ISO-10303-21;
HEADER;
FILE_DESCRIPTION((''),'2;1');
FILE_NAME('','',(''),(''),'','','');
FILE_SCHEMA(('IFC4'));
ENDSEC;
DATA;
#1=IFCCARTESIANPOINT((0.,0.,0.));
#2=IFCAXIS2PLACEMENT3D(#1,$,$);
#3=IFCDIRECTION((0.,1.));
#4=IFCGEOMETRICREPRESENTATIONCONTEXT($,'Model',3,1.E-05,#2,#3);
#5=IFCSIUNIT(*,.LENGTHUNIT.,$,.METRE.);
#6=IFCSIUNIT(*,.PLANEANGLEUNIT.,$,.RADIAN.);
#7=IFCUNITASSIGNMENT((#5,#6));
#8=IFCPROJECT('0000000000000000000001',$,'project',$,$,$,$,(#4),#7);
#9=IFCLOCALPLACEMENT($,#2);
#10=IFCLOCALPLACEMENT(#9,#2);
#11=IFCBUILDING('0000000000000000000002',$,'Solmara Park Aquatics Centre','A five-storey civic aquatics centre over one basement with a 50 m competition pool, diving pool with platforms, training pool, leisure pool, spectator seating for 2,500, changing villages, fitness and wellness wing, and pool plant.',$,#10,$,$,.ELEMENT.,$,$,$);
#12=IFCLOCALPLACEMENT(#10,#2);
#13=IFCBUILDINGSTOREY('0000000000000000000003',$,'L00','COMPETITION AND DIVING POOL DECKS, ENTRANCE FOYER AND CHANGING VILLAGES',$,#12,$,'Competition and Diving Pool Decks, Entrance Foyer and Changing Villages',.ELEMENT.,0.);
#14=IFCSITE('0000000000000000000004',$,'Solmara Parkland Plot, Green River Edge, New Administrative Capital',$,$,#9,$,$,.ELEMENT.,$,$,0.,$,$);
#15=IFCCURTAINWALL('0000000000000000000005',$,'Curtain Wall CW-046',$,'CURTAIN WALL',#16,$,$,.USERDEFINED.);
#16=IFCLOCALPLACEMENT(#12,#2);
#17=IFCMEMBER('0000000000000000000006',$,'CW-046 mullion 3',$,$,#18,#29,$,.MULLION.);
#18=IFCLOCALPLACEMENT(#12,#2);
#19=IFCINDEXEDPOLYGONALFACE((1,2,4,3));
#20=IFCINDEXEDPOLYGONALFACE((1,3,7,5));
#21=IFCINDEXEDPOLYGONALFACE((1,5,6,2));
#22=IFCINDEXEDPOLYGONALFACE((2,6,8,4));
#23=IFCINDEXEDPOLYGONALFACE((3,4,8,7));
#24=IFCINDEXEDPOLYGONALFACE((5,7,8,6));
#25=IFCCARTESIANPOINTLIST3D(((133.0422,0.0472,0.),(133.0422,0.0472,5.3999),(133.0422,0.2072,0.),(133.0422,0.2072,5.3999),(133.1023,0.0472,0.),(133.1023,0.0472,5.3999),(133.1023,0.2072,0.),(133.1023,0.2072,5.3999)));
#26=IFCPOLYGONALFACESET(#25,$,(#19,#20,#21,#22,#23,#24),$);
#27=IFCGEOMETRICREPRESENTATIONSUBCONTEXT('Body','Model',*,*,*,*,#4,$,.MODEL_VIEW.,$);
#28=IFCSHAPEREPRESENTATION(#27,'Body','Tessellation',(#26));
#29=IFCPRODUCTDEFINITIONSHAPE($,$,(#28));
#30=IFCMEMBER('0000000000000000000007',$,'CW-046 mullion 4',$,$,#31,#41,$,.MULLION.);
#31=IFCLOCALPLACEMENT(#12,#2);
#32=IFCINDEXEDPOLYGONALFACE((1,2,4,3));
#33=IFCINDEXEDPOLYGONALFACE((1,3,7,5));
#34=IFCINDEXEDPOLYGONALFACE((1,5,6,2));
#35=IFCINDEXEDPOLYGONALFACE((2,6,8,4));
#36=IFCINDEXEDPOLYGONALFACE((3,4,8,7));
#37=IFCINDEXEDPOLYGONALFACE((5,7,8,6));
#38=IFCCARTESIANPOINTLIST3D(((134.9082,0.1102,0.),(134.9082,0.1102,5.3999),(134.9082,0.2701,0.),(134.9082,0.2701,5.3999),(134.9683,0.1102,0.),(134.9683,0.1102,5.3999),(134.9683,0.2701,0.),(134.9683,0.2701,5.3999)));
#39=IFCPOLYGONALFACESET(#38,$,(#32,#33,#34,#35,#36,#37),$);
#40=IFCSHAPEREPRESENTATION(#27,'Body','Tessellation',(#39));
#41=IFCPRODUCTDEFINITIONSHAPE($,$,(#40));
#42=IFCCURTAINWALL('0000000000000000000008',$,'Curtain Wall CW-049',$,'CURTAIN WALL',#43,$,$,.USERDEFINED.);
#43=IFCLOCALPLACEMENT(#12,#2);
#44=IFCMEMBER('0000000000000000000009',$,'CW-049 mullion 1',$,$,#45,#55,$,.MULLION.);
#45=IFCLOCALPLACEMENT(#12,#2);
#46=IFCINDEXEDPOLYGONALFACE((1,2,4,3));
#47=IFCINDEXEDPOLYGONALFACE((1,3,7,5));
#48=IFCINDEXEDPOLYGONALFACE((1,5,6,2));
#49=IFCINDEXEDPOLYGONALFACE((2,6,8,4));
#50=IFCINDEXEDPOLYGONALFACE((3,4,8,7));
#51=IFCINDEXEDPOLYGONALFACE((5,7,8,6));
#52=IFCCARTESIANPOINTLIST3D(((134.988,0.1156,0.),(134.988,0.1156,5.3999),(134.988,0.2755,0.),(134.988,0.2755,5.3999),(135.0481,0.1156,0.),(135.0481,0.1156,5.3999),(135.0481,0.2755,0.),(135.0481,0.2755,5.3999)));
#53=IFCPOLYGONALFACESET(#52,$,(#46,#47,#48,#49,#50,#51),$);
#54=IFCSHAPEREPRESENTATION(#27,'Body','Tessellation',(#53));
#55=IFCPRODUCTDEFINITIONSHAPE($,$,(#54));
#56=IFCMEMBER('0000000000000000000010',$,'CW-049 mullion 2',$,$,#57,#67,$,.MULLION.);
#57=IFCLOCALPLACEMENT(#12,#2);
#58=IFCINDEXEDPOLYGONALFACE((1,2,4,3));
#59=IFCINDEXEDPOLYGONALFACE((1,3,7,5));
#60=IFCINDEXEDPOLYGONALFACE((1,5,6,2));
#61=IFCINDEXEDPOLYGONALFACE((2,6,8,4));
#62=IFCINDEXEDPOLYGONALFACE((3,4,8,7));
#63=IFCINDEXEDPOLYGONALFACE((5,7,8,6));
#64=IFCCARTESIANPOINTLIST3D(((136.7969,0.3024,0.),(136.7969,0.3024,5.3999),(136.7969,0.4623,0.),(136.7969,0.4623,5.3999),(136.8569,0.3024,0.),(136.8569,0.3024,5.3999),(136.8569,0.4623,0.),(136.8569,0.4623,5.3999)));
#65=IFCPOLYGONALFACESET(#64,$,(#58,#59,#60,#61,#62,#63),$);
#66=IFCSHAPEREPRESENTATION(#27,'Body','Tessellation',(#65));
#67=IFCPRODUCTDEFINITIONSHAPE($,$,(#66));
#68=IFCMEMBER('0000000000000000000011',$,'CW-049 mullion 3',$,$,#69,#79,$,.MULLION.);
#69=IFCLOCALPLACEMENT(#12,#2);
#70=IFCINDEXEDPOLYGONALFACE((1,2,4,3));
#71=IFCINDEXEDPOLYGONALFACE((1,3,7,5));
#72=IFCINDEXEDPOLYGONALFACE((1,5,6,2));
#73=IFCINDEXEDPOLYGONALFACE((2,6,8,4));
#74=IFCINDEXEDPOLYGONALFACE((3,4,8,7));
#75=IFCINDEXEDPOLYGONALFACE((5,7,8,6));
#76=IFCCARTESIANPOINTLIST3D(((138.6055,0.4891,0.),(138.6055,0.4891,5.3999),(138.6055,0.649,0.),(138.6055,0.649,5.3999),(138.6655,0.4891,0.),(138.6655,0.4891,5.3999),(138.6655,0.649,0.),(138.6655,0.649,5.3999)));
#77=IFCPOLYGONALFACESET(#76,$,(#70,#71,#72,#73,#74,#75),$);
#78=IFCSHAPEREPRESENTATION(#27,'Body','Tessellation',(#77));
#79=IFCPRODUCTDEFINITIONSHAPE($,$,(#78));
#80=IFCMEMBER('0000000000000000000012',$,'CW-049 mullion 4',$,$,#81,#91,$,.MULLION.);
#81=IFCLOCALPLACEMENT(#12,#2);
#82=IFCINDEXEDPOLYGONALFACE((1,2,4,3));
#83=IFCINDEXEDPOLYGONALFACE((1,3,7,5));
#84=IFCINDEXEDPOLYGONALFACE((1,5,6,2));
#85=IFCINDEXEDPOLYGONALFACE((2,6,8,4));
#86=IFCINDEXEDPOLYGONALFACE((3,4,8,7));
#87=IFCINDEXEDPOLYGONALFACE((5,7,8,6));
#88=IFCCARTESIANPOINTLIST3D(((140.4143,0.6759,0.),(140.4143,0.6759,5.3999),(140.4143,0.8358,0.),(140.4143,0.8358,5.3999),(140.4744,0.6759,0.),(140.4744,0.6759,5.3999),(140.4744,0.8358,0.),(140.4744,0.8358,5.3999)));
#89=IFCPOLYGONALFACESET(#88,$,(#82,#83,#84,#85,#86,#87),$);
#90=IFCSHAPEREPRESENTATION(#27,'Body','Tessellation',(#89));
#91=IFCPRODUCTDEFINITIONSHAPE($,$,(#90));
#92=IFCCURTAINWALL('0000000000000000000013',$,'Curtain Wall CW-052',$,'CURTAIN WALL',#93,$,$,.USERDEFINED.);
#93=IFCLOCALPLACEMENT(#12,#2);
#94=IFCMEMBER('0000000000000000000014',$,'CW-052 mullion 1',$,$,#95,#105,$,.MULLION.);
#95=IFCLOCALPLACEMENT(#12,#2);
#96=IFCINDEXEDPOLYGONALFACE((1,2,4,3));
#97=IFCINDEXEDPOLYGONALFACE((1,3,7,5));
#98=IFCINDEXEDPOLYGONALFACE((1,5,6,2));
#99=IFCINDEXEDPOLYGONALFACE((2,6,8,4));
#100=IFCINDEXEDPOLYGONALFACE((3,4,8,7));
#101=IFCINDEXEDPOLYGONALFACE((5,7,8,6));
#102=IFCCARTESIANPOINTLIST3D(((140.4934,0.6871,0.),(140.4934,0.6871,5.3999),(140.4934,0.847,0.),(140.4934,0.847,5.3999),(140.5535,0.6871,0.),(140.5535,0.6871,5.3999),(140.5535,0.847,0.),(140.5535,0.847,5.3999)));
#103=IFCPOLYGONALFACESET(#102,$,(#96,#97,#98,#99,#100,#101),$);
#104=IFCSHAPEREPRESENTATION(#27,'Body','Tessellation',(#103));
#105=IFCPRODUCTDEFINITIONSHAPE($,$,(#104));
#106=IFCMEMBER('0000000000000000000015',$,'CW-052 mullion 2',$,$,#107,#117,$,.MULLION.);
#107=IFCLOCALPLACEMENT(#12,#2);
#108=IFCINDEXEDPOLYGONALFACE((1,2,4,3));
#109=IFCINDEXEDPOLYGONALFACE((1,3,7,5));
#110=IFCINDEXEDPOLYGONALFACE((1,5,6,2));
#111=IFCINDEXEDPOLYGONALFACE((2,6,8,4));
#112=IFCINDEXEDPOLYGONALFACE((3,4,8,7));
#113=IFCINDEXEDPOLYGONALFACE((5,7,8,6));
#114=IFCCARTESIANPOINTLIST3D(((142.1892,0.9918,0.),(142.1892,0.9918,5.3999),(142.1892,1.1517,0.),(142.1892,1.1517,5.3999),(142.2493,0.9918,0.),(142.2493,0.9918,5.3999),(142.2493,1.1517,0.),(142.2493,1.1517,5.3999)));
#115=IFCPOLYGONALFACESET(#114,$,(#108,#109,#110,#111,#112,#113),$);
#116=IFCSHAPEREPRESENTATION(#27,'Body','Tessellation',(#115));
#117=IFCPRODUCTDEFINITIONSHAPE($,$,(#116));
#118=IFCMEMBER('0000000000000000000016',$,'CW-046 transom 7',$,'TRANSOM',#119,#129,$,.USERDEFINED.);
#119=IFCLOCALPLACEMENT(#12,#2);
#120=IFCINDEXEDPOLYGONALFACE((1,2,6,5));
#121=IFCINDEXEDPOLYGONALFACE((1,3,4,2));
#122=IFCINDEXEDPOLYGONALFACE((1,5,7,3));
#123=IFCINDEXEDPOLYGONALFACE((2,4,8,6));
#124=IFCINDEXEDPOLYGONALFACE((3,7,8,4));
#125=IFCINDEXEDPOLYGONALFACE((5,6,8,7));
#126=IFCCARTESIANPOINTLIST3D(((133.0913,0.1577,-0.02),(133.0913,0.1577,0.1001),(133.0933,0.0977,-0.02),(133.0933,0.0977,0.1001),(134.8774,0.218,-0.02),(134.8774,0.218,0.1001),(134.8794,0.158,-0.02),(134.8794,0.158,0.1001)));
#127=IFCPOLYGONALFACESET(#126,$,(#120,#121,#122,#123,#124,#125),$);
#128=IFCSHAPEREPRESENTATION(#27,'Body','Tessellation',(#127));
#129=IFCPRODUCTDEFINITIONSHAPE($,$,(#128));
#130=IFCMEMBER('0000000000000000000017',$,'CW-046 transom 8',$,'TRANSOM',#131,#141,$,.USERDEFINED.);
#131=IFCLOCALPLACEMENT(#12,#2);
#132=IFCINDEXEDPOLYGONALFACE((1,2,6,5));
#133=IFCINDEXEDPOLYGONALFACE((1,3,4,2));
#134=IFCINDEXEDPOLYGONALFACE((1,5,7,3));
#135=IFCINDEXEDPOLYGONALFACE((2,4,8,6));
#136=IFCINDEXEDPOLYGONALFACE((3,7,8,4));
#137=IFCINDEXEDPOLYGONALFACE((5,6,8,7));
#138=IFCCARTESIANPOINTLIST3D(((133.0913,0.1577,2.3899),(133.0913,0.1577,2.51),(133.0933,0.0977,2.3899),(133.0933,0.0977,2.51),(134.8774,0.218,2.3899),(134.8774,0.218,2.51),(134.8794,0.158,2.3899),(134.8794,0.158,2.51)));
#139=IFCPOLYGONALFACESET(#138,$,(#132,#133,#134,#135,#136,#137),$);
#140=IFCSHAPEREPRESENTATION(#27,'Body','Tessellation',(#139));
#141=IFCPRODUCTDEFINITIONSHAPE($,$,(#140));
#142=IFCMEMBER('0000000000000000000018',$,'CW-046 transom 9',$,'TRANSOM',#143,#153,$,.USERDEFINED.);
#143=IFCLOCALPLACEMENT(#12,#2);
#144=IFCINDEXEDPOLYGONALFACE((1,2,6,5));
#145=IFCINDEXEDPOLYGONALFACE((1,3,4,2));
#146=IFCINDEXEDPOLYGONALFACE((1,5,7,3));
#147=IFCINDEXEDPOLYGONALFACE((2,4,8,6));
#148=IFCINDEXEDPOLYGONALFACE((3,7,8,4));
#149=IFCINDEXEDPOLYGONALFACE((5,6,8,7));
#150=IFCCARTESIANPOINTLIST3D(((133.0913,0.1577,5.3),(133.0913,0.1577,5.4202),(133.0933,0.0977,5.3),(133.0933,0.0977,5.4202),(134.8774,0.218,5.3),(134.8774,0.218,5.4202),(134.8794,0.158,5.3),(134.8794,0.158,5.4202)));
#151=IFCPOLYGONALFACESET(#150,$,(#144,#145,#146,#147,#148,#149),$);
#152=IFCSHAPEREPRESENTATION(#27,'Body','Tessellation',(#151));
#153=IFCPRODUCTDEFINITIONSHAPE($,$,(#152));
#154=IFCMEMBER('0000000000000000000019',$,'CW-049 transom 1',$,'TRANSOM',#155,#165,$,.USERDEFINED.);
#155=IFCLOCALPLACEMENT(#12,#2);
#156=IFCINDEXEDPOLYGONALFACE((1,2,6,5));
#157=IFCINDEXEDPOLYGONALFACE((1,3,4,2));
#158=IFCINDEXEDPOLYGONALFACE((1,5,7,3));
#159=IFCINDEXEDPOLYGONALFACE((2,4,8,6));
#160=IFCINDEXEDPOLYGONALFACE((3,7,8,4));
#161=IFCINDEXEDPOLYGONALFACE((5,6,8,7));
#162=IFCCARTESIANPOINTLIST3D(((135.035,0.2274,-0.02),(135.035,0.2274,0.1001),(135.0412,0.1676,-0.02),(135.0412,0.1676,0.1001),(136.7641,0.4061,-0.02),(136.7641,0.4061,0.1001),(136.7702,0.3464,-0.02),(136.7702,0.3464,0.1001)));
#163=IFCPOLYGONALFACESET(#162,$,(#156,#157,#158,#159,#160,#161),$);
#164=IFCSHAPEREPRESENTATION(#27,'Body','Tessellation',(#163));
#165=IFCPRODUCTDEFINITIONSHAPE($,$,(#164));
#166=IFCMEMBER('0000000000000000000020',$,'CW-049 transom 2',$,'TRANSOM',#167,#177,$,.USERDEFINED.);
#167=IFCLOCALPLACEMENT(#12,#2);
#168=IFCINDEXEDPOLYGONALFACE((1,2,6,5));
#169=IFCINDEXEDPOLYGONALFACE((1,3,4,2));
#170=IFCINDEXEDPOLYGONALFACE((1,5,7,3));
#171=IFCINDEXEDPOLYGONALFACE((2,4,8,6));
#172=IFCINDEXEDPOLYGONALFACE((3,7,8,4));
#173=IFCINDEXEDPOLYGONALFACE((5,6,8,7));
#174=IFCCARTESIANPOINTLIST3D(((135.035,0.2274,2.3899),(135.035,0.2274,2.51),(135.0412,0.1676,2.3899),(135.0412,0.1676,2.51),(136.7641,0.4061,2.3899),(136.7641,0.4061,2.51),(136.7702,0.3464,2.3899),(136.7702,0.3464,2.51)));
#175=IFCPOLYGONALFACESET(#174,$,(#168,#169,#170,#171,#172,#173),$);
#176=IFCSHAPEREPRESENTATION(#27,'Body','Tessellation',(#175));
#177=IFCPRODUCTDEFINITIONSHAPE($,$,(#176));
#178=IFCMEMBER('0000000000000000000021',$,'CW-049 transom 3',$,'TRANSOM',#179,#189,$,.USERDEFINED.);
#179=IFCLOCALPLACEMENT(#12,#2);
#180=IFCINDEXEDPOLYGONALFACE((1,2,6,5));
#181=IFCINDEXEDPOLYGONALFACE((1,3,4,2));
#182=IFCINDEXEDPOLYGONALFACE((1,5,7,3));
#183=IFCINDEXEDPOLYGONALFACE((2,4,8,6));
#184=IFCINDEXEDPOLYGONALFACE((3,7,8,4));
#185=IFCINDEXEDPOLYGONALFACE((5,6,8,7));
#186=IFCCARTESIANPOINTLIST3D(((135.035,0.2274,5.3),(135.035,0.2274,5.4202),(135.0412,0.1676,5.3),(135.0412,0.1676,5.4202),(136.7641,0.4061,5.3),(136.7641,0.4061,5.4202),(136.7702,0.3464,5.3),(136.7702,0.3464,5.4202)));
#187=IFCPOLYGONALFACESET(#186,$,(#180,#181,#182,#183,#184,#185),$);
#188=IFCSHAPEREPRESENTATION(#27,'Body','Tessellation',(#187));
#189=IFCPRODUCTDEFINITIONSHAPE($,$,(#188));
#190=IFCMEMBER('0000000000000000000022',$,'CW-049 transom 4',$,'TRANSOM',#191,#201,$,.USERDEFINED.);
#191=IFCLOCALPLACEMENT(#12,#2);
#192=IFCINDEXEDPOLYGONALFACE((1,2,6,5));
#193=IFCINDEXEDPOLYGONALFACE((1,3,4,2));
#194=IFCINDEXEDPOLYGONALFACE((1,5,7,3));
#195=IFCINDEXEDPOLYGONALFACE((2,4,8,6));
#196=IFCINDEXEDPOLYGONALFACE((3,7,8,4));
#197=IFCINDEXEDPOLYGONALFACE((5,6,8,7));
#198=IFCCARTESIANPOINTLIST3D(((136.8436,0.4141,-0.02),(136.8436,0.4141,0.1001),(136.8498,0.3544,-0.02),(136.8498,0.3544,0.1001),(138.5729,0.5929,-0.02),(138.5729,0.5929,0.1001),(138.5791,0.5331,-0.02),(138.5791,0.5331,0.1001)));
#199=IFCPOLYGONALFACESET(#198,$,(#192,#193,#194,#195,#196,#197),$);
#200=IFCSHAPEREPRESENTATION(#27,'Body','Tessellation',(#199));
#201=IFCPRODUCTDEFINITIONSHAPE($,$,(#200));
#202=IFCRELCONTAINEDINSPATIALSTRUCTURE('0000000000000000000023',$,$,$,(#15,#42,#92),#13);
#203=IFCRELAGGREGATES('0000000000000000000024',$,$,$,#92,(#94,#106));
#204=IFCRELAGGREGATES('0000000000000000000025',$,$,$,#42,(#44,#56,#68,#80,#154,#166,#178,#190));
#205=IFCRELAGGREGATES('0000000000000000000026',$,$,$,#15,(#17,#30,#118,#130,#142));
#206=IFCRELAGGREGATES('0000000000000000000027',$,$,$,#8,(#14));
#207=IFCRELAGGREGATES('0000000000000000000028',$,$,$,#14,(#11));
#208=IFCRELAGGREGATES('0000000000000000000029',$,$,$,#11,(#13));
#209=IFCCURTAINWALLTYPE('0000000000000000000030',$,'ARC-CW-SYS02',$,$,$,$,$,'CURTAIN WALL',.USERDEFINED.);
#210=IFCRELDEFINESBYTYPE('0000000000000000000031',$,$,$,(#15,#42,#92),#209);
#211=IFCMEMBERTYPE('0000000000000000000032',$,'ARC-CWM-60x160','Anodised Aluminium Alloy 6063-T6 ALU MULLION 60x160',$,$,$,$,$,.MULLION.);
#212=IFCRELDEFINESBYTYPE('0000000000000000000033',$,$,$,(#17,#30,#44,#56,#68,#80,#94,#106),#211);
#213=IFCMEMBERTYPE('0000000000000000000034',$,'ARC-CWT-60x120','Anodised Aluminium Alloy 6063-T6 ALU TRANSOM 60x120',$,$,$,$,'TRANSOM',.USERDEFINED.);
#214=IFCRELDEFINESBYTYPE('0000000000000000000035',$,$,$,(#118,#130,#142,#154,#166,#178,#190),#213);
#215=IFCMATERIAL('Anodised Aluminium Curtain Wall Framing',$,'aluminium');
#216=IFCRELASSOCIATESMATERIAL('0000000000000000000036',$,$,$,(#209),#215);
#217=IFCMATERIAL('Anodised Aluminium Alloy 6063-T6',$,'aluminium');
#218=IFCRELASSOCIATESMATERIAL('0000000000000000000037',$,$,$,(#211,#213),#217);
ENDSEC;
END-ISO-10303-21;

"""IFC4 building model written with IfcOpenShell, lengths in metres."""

from ifc_helpers import new_model, si_unit, direction, frame, origin, origin_2d, place, context, subcontext, project, spatial, rectangle, extrude, material, material_profile, profile_set, type_object, element, aggregate, save


model = new_model("IFC4")

# Units and contexts
model_context = context("Model", 3, precision=1e-05, world=origin(), true_north=direction((0.0, 1.0)))
body_context = subcontext(model_context, "Body", "Model", "MODEL_VIEW")
ifc_project = project(units=[si_unit("LENGTHUNIT", "METRE"), si_unit("PLANEANGLEUNIT", "RADIAN")], contexts=[model_context])

# Site, building, storey
site_placement = place(None, origin())
site = spatial("IfcSite", under=ifc_project, at=site_placement, Name="Solmara Parkland Plot, Green River Edge, New Administrative Capital", CompositionType="ELEMENT", RefElevation=0.0)
building_placement = place(site_placement, origin())
building = spatial("IfcBuilding", under=site, at=building_placement, Name="Solmara Park Aquatics Centre", Description="A five-storey civic aquatics centre over one basement with a 50 m competition pool, diving pool with platforms, training pool, leisure pool, spectator seating for 2,500, changing villages, fitness and wellness wing, and pool plant.", CompositionType="ELEMENT")
storey_placement = place(building_placement, origin())
storey = spatial("IfcBuildingStorey", under=building, at=storey_placement, Name="L00", Description="COMPETITION AND DIVING POOL DECKS, ENTRANCE FOYER AND CHANGING VILLAGES", LongName="Competition and Diving Pool Decks, Entrance Foyer and Changing Villages", CompositionType="ELEMENT", Elevation=0.0)

# Curtain walls, members
ifc_material_1 = material(Name="Anodised Aluminium Curtain Wall Framing", Category="aluminium")
curtain_wall_type = type_object("IfcCurtainWallType", Name="ARC-CW-SYS02", ElementType="CURTAIN WALL", PredefinedType="USERDEFINED", material=ifc_material_1)
curtain_wall_1_placement = place(storey_placement, origin())
curtain_wall_1 = element("IfcCurtainWall", 1, at=curtain_wall_1_placement, inside=storey, type_object=curtain_wall_type, Name="Curtain Wall CW-046", ObjectType="CURTAIN WALL", PredefinedType="USERDEFINED")
ifc_material_2 = material(Name="Anodised Aluminium Alloy 6063-T6", Category="aluminium")
ifc_material_profile_1 = material_profile(ifc_material_2, rectangle(XDim=0.0601, YDim=0.1599, at=origin_2d()), Name="ALU MULLION 60x160")
ifc_profile_set_1 = profile_set([ifc_material_profile_1], Name="Anodised Aluminium Alloy 6063-T6")
member_type_1 = type_object("IfcMemberType", Name="ARC-CWM-60x160", Description="Anodised Aluminium Alloy 6063-T6 ALU MULLION 60x160", PredefinedType="MULLION", material=ifc_profile_set_1)
member_1_placement = place(storey_placement, frame((133.0723, 0.1272, 0.0), z_axis=(0.0, 0.0, 1.0), x_axis=(1.0, 0.0, 0.0)))
member_1 = element("IfcMember", 2, at=member_1_placement, type_object=member_type_1, Name="CW-046 mullion 3", PredefinedType="MULLION", context=body_context, shape_type="SweptSolid", body=[
    extrude(rectangle(XDim=0.0601, YDim=0.1599, at=origin_2d()), origin(), (0.0, 0.0, 1.0), 5.3999),
])
member_2_placement = place(storey_placement, frame((134.9382, 0.1902, 0.0), z_axis=(0.0, 0.0, 1.0), x_axis=(1.0, 0.0, 0.0)))
member_2 = element("IfcMember", 3, at=member_2_placement, type_object=member_type_1, Name="CW-046 mullion 4", PredefinedType="MULLION", context=body_context, shape_type="SweptSolid", body=[
    extrude(rectangle(XDim=0.0601, YDim=0.1599, at=origin_2d()), origin(), (0.0, 0.0, 1.0), 5.3999),
])
curtain_wall_2_placement = place(storey_placement, origin())
curtain_wall_2 = element("IfcCurtainWall", 4, at=curtain_wall_2_placement, inside=storey, type_object=curtain_wall_type, Name="Curtain Wall CW-049", ObjectType="CURTAIN WALL", PredefinedType="USERDEFINED")
member_3_placement = place(storey_placement, frame((135.0181, 0.1956, 0.0), z_axis=(0.0, 0.0, 1.0), x_axis=(1.0, 0.0, 0.0)))
member_3 = element("IfcMember", 5, at=member_3_placement, type_object=member_type_1, Name="CW-049 mullion 1", PredefinedType="MULLION", context=body_context, shape_type="SweptSolid", body=[
    extrude(rectangle(XDim=0.0601, YDim=0.1599, at=origin_2d()), origin(), (0.0, 0.0, 1.0), 5.3999),
])
member_4_placement = place(storey_placement, frame((136.8269, 0.3823, 0.0), z_axis=(0.0, 0.0, 1.0), x_axis=(1.0, 0.0, 0.0)))
member_4 = element("IfcMember", 6, at=member_4_placement, type_object=member_type_1, Name="CW-049 mullion 2", PredefinedType="MULLION", context=body_context, shape_type="SweptSolid", body=[
    extrude(rectangle(XDim=0.0601, YDim=0.1599, at=origin_2d()), origin(), (0.0, 0.0, 1.0), 5.3999),
])
member_5_placement = place(storey_placement, frame((138.6355, 0.5691, 0.0), z_axis=(0.0, 0.0, 1.0), x_axis=(1.0, 0.0, 0.0)))
member_5 = element("IfcMember", 7, at=member_5_placement, type_object=member_type_1, Name="CW-049 mullion 3", PredefinedType="MULLION", context=body_context, shape_type="SweptSolid", body=[
    extrude(rectangle(XDim=0.0601, YDim=0.1599, at=origin_2d()), origin(), (0.0, 0.0, 1.0), 5.3999),
])
member_6_placement = place(storey_placement, frame((140.4443, 0.7559, 0.0), z_axis=(0.0, 0.0, 1.0), x_axis=(1.0, 0.0, 0.0)))
member_6 = element("IfcMember", 8, at=member_6_placement, type_object=member_type_1, Name="CW-049 mullion 4", PredefinedType="MULLION", context=body_context, shape_type="SweptSolid", body=[
    extrude(rectangle(XDim=0.0601, YDim=0.1599, at=origin_2d()), origin(), (0.0, 0.0, 1.0), 5.3999),
])
curtain_wall_3_placement = place(storey_placement, origin())
curtain_wall_3 = element("IfcCurtainWall", 9, at=curtain_wall_3_placement, inside=storey, type_object=curtain_wall_type, Name="Curtain Wall CW-052", ObjectType="CURTAIN WALL", PredefinedType="USERDEFINED")
member_7_placement = place(storey_placement, frame((140.5234, 0.7671, 0.0), z_axis=(0.0, 0.0, 1.0), x_axis=(1.0, 0.0, 0.0)))
member_7 = element("IfcMember", 10, at=member_7_placement, type_object=member_type_1, Name="CW-052 mullion 1", PredefinedType="MULLION", context=body_context, shape_type="SweptSolid", body=[
    extrude(rectangle(XDim=0.0601, YDim=0.1599, at=origin_2d()), origin(), (0.0, 0.0, 1.0), 5.3999),
])
member_8_placement = place(storey_placement, frame((142.2192, 1.0718, 0.0), z_axis=(0.0, 0.0, 1.0), x_axis=(1.0, 0.0, 0.0)))
member_8 = element("IfcMember", 11, at=member_8_placement, type_object=member_type_1, Name="CW-052 mullion 2", PredefinedType="MULLION", context=body_context, shape_type="SweptSolid", body=[
    extrude(rectangle(XDim=0.0601, YDim=0.1599, at=origin_2d()), origin(), (0.0, 0.0, 1.0), 5.3999),
])

# Members
ifc_material_profile_2 = material_profile(ifc_material_2, rectangle(XDim=0.0601, YDim=0.1201, at=origin_2d()), Name="ALU TRANSOM 60x120")
ifc_profile_set_2 = profile_set([ifc_material_profile_2], Name="Anodised Aluminium Alloy 6063-T6")
member_type_2 = type_object("IfcMemberType", Name="ARC-CWT-60x120", Description="Anodised Aluminium Alloy 6063-T6 ALU TRANSOM 60x120", ElementType="TRANSOM", PredefinedType="USERDEFINED", material=ifc_profile_set_2)
member_9_placement = place(storey_placement, frame((133.0923, 0.1277, 0.04), z_axis=(0.999431, 0.033742, 0.0), x_axis=(-0.033742, 0.999431, 0.0)))
member_9 = element("IfcMember", 12, at=member_9_placement, type_object=member_type_2, Name="CW-046 transom 7", ObjectType="TRANSOM", PredefinedType="USERDEFINED", context=body_context, shape_type="SweptSolid", body=[
    extrude(rectangle(XDim=0.0601, YDim=0.1201, at=origin_2d()), origin(), (0.0, 0.0, 1.0), 1.7871),
])
member_10_placement = place(storey_placement, frame((133.0923, 0.1277, 2.45), z_axis=(0.999431, 0.033742, 0.0), x_axis=(-0.033742, 0.999431, 0.0)))
member_10 = element("IfcMember", 13, at=member_10_placement, type_object=member_type_2, Name="CW-046 transom 8", ObjectType="TRANSOM", PredefinedType="USERDEFINED", context=body_context, shape_type="SweptSolid", body=[
    extrude(rectangle(XDim=0.0601, YDim=0.1201, at=origin_2d()), origin(), (0.0, 0.0, 1.0), 1.7871),
])
member_11_placement = place(storey_placement, frame((133.0923, 0.1277, 5.3601), z_axis=(0.999431, 0.033742, 0.0), x_axis=(-0.033742, 0.999431, 0.0)))
member_11 = element("IfcMember", 14, at=member_11_placement, type_object=member_type_2, Name="CW-046 transom 9", ObjectType="TRANSOM", PredefinedType="USERDEFINED", context=body_context, shape_type="SweptSolid", body=[
    extrude(rectangle(XDim=0.0601, YDim=0.1201, at=origin_2d()), origin(), (0.0, 0.0, 1.0), 1.7871),
])
member_12_placement = place(storey_placement, frame((135.0381, 0.1975, 0.04), z_axis=(0.994701, 0.102813, 0.0), x_axis=(-0.102813, 0.994701, 0.0)))
member_12 = element("IfcMember", 15, at=member_12_placement, type_object=member_type_2, Name="CW-049 transom 1", ObjectType="TRANSOM", PredefinedType="USERDEFINED", context=body_context, shape_type="SweptSolid", body=[
    extrude(rectangle(XDim=0.0601, YDim=0.1201, at=origin_2d()), origin(), (0.0, 0.0, 1.0), 1.7383),
])
member_13_placement = place(storey_placement, frame((135.0381, 0.1975, 2.45), z_axis=(0.994701, 0.102813, 0.0), x_axis=(-0.102813, 0.994701, 0.0)))
member_13 = element("IfcMember", 16, at=member_13_placement, type_object=member_type_2, Name="CW-049 transom 2", ObjectType="TRANSOM", PredefinedType="USERDEFINED", context=body_context, shape_type="SweptSolid", body=[
    extrude(rectangle(XDim=0.0601, YDim=0.1201, at=origin_2d()), origin(), (0.0, 0.0, 1.0), 1.7383),
])
member_14_placement = place(storey_placement, frame((135.0381, 0.1975, 5.3601), z_axis=(0.994701, 0.102813, 0.0), x_axis=(-0.102813, 0.994701, 0.0)))
member_14 = element("IfcMember", 17, at=member_14_placement, type_object=member_type_2, Name="CW-049 transom 3", ObjectType="TRANSOM", PredefinedType="USERDEFINED", context=body_context, shape_type="SweptSolid", body=[
    extrude(rectangle(XDim=0.0601, YDim=0.1201, at=origin_2d()), origin(), (0.0, 0.0, 1.0), 1.7383),
])
member_15_placement = place(storey_placement, frame((136.8467, 0.3843, 0.04), z_axis=(0.994702, 0.102799, 0.0), x_axis=(-0.102799, 0.994702, 0.0)))
member_15 = element("IfcMember", 18, at=member_15_placement, type_object=member_type_2, Name="CW-049 transom 4", ObjectType="TRANSOM", PredefinedType="USERDEFINED", context=body_context, shape_type="SweptSolid", body=[
    extrude(rectangle(XDim=0.0601, YDim=0.1201, at=origin_2d()), origin(), (0.0, 0.0, 1.0), 1.7385),
])

aggregate(curtain_wall_3, [member_7, member_8])
aggregate(curtain_wall_2, [member_3, member_4, member_5, member_6, member_12, member_13, member_14, member_15])
aggregate(curtain_wall_1, [member_1, member_2, member_9, member_10, member_11])

save(model, "model.ifc")
